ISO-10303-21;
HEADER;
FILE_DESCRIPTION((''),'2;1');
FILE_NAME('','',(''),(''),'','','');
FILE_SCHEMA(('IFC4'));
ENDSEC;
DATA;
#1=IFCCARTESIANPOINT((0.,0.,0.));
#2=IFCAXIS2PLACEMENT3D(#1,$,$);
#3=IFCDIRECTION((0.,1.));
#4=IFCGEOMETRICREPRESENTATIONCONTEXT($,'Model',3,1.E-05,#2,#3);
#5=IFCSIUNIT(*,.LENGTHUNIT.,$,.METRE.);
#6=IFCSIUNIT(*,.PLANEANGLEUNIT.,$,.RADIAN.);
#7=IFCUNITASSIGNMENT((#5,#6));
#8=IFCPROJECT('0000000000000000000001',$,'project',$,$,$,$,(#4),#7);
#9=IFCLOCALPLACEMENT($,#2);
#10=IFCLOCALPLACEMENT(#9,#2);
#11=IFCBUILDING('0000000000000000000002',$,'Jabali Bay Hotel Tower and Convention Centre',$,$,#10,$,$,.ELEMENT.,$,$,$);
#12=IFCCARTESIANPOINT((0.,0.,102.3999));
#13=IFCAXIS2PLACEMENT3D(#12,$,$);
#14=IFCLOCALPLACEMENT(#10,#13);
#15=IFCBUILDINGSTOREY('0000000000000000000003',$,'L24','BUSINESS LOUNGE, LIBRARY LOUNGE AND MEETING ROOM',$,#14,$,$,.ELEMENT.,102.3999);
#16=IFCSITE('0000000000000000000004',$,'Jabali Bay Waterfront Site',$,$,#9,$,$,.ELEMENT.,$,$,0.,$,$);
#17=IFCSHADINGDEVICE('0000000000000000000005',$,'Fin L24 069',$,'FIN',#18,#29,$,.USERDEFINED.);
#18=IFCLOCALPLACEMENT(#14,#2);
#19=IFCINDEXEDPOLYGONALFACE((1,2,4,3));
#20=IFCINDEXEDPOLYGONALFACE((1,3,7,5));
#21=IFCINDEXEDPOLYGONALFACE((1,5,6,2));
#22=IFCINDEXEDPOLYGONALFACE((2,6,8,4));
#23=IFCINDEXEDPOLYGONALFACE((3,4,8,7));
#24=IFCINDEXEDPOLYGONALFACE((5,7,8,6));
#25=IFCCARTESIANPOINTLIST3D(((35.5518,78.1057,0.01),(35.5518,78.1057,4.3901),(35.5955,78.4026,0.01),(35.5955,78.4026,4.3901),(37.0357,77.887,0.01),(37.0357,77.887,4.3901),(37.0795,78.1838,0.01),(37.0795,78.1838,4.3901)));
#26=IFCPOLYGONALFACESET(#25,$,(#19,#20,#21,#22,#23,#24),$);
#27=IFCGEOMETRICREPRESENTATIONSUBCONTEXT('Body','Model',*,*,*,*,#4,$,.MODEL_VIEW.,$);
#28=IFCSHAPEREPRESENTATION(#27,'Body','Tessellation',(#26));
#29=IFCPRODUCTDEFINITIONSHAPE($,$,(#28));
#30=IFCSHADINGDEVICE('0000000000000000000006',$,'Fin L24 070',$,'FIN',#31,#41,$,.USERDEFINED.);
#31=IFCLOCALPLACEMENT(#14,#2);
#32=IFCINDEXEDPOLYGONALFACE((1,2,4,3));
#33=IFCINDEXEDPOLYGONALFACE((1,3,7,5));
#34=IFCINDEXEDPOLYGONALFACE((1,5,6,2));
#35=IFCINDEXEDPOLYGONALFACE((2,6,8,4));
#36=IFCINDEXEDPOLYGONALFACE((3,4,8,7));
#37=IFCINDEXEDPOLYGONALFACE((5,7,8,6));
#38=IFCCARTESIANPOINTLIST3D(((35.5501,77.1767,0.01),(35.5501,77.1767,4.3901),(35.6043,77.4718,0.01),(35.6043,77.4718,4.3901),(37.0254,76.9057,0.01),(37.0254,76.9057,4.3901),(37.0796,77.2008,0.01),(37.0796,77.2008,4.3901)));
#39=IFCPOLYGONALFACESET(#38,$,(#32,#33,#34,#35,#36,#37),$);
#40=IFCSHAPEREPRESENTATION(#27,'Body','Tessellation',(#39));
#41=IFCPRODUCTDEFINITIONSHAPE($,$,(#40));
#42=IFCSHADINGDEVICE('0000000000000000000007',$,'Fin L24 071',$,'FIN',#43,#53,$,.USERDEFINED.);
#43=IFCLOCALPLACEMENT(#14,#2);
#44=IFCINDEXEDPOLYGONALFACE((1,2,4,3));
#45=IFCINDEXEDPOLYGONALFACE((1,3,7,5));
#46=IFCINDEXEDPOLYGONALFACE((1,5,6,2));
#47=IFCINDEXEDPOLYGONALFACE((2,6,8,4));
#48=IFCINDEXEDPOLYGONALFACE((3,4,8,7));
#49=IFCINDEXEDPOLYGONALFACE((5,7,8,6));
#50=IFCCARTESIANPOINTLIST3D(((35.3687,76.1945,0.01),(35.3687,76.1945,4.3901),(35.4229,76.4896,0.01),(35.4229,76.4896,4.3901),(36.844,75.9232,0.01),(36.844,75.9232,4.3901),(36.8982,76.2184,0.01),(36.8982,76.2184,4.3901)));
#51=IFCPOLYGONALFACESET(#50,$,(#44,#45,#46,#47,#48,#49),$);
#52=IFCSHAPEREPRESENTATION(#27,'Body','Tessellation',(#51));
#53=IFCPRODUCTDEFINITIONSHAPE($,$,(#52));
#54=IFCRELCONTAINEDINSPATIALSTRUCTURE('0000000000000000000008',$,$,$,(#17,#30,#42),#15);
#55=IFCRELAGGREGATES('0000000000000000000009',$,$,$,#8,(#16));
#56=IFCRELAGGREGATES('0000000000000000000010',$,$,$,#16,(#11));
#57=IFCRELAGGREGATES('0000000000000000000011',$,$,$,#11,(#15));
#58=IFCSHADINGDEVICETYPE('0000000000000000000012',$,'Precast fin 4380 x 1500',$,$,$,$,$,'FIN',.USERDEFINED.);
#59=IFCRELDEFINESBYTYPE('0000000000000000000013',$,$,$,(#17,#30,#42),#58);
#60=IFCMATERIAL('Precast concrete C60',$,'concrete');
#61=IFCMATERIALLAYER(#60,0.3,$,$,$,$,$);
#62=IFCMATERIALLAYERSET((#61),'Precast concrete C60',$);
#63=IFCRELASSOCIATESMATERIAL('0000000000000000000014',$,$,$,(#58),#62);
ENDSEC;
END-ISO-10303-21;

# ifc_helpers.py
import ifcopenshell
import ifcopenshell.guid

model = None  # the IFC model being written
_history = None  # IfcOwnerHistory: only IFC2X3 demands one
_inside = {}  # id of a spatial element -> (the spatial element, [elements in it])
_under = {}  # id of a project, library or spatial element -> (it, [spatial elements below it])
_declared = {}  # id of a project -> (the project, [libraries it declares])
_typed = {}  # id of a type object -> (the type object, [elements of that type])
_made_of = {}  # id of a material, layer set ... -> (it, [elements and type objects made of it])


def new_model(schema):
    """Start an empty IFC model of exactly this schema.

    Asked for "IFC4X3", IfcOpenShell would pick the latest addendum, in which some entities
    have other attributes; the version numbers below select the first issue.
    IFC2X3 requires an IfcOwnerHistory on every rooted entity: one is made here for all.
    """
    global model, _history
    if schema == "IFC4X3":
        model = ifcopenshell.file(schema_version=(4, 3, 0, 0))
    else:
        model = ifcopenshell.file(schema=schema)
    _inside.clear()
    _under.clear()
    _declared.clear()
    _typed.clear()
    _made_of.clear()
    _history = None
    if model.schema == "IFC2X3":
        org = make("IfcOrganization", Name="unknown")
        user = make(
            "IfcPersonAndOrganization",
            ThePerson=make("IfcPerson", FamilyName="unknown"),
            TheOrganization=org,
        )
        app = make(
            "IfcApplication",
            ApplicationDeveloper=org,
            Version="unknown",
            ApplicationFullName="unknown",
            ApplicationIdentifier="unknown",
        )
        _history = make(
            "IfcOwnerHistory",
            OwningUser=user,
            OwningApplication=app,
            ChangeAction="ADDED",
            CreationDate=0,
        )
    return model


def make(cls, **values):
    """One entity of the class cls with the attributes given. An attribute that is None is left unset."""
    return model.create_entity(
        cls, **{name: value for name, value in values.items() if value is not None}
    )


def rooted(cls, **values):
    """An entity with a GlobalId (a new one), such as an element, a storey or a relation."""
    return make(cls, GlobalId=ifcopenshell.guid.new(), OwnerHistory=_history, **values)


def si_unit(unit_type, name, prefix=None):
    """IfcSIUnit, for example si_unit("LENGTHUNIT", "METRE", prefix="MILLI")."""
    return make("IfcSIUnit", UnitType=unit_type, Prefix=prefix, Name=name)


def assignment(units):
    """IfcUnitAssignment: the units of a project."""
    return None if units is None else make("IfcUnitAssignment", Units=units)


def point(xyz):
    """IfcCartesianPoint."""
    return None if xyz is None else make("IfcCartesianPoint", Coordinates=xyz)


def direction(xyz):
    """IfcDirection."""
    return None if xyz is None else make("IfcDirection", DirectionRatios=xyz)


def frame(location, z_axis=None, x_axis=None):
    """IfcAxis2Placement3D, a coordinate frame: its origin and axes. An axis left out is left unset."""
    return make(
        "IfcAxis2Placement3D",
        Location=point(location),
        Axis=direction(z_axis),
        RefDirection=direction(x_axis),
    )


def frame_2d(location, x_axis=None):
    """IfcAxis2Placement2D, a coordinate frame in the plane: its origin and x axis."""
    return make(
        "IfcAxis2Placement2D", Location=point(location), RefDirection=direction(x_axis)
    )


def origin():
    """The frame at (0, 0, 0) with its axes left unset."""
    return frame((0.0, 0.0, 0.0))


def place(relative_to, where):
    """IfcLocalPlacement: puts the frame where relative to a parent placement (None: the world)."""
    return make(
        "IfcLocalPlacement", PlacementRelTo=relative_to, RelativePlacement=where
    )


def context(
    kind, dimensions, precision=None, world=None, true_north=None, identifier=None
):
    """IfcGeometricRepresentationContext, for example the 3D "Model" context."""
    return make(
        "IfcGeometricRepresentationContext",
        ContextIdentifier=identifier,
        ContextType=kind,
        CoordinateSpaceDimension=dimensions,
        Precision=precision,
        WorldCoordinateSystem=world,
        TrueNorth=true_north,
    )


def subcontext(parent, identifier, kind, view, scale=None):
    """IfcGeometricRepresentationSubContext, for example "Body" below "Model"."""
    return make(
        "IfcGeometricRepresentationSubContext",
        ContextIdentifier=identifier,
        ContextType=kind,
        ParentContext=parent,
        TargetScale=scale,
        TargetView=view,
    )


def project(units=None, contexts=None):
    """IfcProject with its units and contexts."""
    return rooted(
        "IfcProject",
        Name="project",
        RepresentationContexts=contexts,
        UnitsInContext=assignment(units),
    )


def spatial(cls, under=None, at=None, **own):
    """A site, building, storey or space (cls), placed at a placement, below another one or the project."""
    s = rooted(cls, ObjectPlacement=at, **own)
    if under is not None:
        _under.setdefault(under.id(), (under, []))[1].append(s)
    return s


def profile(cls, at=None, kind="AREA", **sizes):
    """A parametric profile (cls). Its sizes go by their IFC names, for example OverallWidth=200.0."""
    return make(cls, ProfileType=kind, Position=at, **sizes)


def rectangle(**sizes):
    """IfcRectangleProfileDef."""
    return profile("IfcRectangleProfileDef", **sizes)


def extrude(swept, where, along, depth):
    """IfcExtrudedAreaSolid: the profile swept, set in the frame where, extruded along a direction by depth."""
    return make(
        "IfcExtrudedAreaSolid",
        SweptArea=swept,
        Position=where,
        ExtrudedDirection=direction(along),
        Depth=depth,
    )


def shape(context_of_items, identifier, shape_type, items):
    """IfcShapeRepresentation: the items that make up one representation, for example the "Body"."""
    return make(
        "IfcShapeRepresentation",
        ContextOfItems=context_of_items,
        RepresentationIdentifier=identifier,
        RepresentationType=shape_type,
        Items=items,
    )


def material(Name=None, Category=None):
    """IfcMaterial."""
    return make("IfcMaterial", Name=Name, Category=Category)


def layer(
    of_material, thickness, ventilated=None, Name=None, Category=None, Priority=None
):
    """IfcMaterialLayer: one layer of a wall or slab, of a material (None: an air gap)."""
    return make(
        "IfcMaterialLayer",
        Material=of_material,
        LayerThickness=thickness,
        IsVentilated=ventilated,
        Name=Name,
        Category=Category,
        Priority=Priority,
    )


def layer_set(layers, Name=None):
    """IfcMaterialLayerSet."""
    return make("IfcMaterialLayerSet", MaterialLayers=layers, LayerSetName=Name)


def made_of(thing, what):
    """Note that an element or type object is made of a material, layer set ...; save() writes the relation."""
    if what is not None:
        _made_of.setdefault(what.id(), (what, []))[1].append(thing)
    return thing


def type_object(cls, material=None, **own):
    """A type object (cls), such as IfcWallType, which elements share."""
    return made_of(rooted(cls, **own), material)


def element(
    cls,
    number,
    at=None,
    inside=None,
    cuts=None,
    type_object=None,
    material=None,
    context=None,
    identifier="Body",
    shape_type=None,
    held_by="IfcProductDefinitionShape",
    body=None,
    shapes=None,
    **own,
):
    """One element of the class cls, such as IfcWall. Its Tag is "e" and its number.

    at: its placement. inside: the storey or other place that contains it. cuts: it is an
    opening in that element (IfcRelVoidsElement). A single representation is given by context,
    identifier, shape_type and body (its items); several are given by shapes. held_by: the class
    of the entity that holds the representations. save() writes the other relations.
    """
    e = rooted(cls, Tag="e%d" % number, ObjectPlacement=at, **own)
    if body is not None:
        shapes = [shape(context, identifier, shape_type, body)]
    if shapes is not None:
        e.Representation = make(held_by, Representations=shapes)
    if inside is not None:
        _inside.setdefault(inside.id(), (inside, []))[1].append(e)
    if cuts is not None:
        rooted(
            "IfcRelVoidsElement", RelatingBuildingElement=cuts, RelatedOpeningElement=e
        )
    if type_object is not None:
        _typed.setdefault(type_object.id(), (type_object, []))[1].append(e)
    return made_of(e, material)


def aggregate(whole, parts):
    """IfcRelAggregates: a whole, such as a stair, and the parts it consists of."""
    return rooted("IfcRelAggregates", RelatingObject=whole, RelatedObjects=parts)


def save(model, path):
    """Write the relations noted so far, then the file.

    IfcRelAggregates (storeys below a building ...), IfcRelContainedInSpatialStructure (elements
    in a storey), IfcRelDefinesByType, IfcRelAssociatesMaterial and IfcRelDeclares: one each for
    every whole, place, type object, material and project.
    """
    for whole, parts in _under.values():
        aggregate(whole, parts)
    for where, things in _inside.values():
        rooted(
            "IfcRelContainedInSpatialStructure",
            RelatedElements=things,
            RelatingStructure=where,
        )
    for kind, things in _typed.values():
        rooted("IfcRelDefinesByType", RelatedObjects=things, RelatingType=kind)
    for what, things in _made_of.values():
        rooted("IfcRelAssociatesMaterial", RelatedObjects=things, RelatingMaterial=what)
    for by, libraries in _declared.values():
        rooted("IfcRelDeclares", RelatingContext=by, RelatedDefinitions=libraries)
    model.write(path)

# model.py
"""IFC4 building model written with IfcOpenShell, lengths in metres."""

from ifc_helpers import new_model, si_unit, direction, frame, frame_2d, origin, place, context, subcontext, project, spatial, rectangle, extrude, material, layer, layer_set, type_object, element, save


model = new_model("IFC4")

# Units and contexts
model_context = context("Model", 3, precision=1e-05, world=origin(), true_north=direction((0.0, 1.0)))
body_context = subcontext(model_context, "Body", "Model", "MODEL_VIEW")
ifc_project = project(units=[si_unit("LENGTHUNIT", "METRE"), si_unit("PLANEANGLEUNIT", "RADIAN")], contexts=[model_context])

# Site, building, storey
site_placement = place(None, origin())
site = spatial("IfcSite", under=ifc_project, at=site_placement, Name="Jabali Bay Waterfront Site", CompositionType="ELEMENT", RefElevation=0.0)
building_placement = place(site_placement, origin())
building = spatial("IfcBuilding", under=site, at=building_placement, Name="Jabali Bay Hotel Tower and Convention Centre", CompositionType="ELEMENT")
storey_placement = place(building_placement, frame((0.0, 0.0, 102.3999)))
storey = spatial("IfcBuildingStorey", under=building, at=storey_placement, Name="L24", Description="BUSINESS LOUNGE, LIBRARY LOUNGE AND MEETING ROOM", CompositionType="ELEMENT", Elevation=102.3999)

# Shading devices
ifc_material_1 = material(Name="Precast concrete C60", Category="concrete")
ifc_layer_1 = layer(ifc_material_1, 0.3)
ifc_layer_set_1 = layer_set([ifc_layer_1], Name="Precast concrete C60")
shading_device_type_1 = type_object("IfcShadingDeviceType", Name="Precast fin 4380 x 1500", ElementType="FIN", PredefinedType="USERDEFINED", material=ifc_layer_set_1)
for number, where, z_axis, x_axis, name in (
    (1, (37.0576, 78.0354, 0.01), (0.0, 0.0, 1.0), (-0.989308, 0.145841, 0.0), "Fin L24 069"),
    (2, (37.0525, 77.0532, 0.01), (0.0, 0.0, 1.0), (-0.983545, 0.180661, 0.0), "Fin L24 070"),
    (3, (36.8711, 76.0708, 0.01), (0.0, 0.0, 1.0), (-0.983516, 0.180819, 0.0), "Fin L24 071"),
):
    element("IfcShadingDevice", number, at=place(storey_placement, frame(where, z_axis=z_axis, x_axis=x_axis)), inside=storey, type_object=shading_device_type_1, Name=name, ObjectType="FIN", PredefinedType="USERDEFINED", context=body_context, shape_type="SweptSolid", body=[
        extrude(rectangle(XDim=1.5, YDim=0.3, at=frame_2d((0.75, 0.0))), origin(), (0.0, 0.0, 1.0), 4.3801),
    ])

save(model, "model.ifc")
